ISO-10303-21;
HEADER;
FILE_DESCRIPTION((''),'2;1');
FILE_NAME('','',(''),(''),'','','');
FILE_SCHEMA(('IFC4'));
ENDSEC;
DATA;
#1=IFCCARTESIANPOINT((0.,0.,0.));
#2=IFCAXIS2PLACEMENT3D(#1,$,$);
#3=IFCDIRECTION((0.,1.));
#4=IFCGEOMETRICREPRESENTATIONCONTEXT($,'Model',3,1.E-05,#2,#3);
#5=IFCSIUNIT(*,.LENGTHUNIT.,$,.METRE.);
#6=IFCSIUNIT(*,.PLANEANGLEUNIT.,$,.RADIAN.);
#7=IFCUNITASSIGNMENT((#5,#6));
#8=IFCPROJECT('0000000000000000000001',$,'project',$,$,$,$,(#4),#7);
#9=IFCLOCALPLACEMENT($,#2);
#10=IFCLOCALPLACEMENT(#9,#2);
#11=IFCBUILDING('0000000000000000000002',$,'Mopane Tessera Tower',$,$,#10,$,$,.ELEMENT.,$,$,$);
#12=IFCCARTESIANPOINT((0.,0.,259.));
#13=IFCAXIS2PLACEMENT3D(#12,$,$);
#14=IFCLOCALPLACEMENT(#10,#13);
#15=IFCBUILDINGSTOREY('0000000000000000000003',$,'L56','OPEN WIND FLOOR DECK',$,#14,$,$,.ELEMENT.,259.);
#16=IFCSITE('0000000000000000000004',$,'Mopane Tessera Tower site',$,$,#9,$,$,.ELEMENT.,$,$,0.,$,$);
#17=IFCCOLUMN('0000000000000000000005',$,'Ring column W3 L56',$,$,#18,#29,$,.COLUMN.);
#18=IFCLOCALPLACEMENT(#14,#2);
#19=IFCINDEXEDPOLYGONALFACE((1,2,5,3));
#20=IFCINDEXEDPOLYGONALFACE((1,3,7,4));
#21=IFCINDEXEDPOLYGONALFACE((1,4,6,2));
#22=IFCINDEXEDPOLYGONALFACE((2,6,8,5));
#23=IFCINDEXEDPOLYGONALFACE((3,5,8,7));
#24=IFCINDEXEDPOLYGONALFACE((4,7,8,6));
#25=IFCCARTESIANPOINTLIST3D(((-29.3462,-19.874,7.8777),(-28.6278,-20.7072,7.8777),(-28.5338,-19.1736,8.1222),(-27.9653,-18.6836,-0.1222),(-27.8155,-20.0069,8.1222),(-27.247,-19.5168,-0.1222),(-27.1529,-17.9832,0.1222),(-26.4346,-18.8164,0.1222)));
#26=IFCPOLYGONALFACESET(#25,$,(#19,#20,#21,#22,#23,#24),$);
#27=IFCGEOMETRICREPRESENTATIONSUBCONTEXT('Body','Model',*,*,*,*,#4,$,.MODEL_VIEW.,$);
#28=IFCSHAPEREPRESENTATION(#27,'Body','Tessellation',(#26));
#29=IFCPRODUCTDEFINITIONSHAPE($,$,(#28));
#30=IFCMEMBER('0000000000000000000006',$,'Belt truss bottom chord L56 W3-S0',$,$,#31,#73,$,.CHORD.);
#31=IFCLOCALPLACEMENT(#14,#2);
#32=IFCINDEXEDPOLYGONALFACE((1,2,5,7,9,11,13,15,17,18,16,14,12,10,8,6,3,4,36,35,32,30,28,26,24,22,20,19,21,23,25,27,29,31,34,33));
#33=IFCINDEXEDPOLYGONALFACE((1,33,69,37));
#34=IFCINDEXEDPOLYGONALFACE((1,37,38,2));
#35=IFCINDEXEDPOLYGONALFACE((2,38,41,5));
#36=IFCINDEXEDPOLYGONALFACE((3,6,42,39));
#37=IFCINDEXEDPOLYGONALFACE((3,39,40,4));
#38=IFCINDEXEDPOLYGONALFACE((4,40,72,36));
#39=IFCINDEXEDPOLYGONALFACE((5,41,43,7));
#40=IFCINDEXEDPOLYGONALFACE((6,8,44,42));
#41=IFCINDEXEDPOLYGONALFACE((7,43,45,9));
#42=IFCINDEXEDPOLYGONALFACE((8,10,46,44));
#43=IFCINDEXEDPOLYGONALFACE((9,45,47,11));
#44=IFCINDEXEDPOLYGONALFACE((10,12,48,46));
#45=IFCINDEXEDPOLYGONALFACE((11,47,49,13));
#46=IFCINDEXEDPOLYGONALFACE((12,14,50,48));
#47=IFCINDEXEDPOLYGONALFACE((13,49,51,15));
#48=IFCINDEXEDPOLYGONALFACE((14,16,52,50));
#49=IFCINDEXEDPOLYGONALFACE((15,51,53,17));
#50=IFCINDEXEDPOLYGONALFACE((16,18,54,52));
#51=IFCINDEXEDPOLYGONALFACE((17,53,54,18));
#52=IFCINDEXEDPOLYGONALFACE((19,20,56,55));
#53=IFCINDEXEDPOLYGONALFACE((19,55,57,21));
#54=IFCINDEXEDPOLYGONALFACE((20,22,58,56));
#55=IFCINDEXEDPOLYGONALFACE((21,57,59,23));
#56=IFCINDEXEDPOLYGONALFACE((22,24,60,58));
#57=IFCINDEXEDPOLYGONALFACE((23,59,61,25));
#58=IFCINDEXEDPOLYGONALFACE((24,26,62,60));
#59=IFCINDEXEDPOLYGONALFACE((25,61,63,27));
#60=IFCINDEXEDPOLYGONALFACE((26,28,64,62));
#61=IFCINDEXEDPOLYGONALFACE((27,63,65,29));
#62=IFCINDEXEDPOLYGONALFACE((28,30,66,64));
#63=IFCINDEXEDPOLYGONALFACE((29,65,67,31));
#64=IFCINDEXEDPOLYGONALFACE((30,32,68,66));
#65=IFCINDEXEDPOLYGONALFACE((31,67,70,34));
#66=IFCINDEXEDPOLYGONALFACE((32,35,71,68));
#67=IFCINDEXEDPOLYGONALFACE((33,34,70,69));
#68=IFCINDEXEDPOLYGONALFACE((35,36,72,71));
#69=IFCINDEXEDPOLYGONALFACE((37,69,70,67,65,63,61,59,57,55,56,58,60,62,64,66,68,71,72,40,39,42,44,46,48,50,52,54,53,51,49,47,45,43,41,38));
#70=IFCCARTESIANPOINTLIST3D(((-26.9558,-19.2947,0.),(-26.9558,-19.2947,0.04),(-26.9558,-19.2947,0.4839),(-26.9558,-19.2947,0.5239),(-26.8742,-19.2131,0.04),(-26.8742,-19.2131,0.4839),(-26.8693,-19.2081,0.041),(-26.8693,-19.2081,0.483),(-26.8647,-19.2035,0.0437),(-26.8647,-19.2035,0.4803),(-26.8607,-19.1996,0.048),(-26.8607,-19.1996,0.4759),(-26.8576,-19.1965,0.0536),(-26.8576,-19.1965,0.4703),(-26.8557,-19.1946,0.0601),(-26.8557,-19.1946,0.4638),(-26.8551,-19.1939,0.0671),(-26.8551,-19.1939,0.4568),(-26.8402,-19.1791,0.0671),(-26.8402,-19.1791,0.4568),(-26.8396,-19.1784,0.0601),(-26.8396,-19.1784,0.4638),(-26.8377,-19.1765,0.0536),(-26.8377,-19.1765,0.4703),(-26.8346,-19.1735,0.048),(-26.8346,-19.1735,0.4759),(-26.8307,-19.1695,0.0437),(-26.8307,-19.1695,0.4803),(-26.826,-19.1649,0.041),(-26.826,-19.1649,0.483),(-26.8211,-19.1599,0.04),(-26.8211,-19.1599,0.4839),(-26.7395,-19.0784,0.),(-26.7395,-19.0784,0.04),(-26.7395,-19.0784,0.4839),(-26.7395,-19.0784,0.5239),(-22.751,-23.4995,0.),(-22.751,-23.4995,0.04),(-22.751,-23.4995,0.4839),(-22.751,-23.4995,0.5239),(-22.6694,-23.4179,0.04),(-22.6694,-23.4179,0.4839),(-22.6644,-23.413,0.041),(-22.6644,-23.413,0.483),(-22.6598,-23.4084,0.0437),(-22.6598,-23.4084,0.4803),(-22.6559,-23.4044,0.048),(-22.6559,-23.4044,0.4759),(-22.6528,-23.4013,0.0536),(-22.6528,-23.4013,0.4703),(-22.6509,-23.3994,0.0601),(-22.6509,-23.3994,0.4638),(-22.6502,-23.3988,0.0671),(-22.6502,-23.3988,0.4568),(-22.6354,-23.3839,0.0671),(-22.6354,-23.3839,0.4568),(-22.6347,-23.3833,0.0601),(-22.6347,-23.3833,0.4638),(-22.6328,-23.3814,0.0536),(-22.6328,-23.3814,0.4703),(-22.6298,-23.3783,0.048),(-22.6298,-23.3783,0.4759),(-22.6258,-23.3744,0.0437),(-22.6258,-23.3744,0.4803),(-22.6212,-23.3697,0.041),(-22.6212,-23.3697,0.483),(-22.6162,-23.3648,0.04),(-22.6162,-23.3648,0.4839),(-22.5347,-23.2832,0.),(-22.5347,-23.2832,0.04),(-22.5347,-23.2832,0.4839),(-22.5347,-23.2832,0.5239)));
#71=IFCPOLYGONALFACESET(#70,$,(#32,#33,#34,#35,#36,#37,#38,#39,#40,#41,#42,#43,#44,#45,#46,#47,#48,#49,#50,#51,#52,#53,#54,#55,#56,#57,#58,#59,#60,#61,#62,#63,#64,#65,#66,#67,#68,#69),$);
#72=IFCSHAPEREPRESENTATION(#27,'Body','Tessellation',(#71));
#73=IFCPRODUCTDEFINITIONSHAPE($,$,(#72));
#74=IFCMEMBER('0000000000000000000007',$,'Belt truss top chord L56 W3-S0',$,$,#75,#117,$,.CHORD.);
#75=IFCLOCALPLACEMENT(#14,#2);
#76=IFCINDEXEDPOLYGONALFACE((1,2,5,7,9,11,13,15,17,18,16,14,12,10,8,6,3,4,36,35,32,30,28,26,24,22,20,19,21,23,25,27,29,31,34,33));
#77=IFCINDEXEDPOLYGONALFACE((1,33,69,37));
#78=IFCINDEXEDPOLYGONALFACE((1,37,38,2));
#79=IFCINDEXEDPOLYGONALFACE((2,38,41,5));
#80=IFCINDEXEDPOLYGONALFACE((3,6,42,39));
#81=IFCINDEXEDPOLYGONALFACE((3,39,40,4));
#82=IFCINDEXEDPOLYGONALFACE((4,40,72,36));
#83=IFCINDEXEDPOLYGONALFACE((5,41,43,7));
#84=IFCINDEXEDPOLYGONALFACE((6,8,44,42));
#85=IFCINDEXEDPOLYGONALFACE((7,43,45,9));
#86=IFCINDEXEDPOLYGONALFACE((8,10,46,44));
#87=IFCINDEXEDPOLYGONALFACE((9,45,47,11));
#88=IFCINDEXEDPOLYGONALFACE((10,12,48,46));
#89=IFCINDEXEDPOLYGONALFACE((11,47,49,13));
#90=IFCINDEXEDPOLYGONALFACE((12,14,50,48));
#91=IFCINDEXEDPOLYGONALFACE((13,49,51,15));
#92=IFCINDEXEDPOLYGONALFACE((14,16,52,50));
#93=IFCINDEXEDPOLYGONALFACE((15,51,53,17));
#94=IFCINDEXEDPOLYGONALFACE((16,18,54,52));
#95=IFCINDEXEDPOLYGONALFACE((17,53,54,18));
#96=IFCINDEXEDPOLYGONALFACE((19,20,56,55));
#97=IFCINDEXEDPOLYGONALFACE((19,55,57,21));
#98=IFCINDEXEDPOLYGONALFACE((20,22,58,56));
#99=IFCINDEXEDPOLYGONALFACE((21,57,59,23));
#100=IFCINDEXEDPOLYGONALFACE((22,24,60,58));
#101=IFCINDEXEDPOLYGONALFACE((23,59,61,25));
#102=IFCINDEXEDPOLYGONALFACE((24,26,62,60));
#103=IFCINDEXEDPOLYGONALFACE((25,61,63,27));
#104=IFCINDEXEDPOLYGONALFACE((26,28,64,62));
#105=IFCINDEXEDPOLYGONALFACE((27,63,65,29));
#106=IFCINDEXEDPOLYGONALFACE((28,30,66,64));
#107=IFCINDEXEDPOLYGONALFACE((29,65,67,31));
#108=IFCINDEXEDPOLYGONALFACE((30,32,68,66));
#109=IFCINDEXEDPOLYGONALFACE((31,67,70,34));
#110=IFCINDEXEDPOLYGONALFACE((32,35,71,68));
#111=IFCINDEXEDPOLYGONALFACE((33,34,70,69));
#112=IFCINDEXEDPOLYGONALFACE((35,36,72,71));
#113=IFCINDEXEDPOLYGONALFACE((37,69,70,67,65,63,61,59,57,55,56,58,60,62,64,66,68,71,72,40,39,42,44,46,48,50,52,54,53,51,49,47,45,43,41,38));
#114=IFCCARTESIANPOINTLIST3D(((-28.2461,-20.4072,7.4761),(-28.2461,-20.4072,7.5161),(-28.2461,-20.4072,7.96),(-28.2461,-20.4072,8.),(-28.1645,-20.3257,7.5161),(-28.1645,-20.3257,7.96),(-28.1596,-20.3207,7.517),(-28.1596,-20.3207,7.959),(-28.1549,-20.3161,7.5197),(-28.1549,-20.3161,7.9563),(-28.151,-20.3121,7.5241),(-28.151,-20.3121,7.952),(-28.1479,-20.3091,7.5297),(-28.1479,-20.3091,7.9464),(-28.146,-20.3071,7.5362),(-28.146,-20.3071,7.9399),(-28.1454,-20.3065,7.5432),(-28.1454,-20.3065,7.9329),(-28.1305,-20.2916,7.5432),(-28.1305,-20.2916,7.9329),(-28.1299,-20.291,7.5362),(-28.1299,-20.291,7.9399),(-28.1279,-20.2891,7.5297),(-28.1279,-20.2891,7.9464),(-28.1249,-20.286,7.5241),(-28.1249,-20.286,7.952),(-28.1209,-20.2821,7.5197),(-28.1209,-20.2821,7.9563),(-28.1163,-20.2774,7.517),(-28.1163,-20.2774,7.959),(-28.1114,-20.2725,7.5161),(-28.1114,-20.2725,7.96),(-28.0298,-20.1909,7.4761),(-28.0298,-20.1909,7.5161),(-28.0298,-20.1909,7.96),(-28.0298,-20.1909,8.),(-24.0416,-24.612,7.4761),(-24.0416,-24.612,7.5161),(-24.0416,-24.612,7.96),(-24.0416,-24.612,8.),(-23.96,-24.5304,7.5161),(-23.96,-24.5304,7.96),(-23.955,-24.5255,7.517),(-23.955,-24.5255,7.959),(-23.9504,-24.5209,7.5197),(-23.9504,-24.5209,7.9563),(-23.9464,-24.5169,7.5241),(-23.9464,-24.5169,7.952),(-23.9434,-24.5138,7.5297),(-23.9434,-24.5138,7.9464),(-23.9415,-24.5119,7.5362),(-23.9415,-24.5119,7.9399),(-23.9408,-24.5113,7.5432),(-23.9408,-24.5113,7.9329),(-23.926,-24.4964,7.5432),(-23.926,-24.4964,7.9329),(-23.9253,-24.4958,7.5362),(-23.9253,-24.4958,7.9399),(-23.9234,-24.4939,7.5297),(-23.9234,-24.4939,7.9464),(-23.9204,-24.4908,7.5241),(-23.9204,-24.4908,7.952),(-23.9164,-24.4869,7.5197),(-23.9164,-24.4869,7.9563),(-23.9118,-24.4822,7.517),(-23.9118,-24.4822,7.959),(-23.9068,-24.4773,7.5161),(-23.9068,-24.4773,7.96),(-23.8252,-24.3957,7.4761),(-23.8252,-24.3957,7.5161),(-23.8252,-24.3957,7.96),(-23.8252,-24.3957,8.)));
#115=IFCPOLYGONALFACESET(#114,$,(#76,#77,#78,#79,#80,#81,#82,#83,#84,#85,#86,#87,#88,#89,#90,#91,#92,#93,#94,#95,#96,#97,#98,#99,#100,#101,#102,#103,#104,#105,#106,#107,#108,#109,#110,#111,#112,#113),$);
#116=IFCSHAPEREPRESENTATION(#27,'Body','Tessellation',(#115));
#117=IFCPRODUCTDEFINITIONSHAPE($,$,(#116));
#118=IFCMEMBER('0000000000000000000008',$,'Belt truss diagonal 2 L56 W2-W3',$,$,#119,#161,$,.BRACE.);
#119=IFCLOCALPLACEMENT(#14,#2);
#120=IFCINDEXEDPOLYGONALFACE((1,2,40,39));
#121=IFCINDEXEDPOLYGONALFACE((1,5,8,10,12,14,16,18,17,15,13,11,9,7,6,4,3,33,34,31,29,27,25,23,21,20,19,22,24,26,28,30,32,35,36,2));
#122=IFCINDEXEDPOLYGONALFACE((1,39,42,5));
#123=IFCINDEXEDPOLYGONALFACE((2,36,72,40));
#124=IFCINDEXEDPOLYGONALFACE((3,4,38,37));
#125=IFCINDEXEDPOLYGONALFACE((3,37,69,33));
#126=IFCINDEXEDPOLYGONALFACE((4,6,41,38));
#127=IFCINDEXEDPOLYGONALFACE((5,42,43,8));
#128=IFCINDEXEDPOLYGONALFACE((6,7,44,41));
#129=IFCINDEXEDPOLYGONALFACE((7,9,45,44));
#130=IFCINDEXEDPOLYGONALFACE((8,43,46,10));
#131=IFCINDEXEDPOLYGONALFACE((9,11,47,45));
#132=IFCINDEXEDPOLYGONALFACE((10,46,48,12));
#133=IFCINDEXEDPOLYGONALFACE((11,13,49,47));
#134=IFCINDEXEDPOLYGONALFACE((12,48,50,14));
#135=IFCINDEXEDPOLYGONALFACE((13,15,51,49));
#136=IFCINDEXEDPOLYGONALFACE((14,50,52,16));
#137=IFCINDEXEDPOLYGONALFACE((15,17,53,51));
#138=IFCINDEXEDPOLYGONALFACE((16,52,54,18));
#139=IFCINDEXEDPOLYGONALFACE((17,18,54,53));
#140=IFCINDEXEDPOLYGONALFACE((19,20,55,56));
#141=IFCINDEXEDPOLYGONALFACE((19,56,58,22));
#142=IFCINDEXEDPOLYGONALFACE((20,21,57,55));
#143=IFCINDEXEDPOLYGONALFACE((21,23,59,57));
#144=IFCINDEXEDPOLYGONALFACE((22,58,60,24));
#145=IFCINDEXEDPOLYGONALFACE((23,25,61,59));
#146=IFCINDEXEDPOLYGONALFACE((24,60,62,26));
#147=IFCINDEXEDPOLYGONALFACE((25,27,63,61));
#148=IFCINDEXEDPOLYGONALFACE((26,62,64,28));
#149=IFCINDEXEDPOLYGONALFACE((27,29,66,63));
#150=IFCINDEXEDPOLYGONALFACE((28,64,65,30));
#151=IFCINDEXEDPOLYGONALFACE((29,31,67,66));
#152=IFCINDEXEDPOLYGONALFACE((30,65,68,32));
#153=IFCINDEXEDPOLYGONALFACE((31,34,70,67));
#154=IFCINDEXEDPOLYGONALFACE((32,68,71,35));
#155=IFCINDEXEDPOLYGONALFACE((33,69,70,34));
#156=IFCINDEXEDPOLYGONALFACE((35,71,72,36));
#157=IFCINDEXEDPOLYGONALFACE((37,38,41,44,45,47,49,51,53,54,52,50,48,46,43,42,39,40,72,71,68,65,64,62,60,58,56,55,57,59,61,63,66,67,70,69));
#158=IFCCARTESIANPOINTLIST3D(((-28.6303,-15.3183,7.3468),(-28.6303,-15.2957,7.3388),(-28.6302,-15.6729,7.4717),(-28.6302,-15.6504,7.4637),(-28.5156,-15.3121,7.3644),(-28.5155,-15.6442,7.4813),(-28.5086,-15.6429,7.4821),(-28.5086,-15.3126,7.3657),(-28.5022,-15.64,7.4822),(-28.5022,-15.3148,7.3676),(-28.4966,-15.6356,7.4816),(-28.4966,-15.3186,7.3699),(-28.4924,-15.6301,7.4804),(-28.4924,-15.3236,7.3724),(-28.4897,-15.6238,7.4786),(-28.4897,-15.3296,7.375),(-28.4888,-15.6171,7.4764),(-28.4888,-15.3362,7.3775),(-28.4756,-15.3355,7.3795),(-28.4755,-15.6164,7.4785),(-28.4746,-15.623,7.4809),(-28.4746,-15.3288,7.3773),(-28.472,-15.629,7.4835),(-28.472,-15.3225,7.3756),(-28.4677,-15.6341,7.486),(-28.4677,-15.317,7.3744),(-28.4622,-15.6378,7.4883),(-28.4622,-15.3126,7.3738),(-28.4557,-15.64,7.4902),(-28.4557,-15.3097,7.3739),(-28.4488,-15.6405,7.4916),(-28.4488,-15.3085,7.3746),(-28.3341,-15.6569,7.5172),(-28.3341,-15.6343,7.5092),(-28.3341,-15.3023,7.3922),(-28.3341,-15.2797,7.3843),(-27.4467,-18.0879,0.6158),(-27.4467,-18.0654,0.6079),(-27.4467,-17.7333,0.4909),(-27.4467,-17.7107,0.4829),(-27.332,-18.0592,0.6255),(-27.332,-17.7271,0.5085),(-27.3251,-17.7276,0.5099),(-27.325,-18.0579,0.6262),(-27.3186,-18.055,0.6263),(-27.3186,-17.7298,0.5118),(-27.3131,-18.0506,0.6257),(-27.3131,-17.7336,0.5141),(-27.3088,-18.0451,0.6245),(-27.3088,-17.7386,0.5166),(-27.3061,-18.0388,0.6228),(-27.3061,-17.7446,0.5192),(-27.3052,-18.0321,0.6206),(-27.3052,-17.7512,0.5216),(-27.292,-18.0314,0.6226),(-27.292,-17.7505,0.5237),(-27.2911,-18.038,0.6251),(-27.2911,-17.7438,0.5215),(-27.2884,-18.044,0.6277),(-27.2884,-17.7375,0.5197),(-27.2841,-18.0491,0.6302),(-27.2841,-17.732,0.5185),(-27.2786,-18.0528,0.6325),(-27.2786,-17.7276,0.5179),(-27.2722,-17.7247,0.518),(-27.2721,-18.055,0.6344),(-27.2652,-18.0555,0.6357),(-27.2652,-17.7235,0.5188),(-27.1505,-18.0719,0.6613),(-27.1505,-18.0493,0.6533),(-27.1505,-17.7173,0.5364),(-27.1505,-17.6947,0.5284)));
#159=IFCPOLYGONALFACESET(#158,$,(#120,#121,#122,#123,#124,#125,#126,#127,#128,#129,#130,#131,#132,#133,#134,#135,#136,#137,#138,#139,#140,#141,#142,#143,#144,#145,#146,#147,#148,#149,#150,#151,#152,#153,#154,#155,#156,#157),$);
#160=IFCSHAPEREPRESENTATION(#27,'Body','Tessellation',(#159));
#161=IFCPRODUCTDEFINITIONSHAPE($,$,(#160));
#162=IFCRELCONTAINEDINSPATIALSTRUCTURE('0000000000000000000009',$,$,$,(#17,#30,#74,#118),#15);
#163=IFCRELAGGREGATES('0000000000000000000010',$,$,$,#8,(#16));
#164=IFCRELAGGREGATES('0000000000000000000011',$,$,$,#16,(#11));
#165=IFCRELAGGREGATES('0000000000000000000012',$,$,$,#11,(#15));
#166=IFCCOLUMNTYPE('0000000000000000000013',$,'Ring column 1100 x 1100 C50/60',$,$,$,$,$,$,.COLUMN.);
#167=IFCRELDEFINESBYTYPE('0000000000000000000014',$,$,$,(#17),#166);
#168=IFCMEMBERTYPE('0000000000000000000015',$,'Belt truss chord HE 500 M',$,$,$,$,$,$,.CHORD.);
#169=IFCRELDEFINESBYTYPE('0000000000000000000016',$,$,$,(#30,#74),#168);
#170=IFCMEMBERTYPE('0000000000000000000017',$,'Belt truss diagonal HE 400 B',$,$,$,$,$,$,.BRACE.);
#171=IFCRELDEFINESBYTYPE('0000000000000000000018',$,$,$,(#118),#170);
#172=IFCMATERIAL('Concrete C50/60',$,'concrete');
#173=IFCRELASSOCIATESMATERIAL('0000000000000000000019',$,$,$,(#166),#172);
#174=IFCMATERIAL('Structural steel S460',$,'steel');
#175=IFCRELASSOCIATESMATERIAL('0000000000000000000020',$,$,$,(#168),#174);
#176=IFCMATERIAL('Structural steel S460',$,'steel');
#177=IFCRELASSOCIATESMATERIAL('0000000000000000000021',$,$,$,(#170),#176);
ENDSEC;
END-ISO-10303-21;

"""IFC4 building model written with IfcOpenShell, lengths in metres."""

from ifc_helpers import new_model, si_unit, direction, frame, origin, origin_2d, place, context, subcontext, project, spatial, rectangle, i_section, extrude, material, material_profile, profile_set, type_object, element, save


model = new_model("IFC4")

# Units and contexts
model_context = context("Model", 3, precision=1e-05, world=origin(), true_north=direction((0.0, 1.0)))
body_context = subcontext(model_context, "Body", "Model", "MODEL_VIEW")
ifc_project = project(units=[si_unit("LENGTHUNIT", "METRE"), si_unit("PLANEANGLEUNIT", "RADIAN")], contexts=[model_context])

# Site, building, storey
site_placement = place(None, origin())
site = spatial("IfcSite", under=ifc_project, at=site_placement, Name="Mopane Tessera Tower site", CompositionType="ELEMENT", RefElevation=0.0)
building_placement = place(site_placement, origin())
building = spatial("IfcBuilding", under=site, at=building_placement, Name="Mopane Tessera Tower", CompositionType="ELEMENT")
storey_placement = place(building_placement, frame((0.0, 0.0, 259.0)))
storey = spatial("IfcBuildingStorey", under=building, at=storey_placement, Name="L56", Description="OPEN WIND FLOOR DECK", CompositionType="ELEMENT", Elevation=259.0)

# Column
ifc_material_1 = material(Name="Concrete C50/60", Category="concrete")
ifc_material_profile_1 = material_profile(ifc_material_1, rectangle(XDim=1.1001, YDim=1.1001, at=origin_2d()))
ifc_profile_set_1 = profile_set([ifc_material_profile_1], Name="Concrete C50/60")
column_type = type_object("IfcColumnType", Name="Ring column 1100 x 1100 C50/60", PredefinedType="COLUMN", material=ifc_profile_set_1)
column_placement = place(storey_placement, frame((-27.2, -18.75, 0.0), z_axis=(-0.168293, -0.145084, 0.975002), x_axis=(0.65295, -0.757401, 0.0)))
element("IfcColumn", 1, at=column_placement, inside=storey, type_object=column_type, Name="Ring column W3 L56", PredefinedType="COLUMN", context=body_context, shape_type="SweptSolid", body=[
    extrude(rectangle(XDim=1.1001, YDim=1.1001, at=origin_2d()), origin(), (0.0, 0.0, 1.0), 8.2051),
])

# Members
ifc_material_2 = material(Name="Structural steel S460", Category="steel")
ifc_material_profile_2 = material_profile(ifc_material_2, i_section(OverallWidth=0.3059, OverallDepth=0.5239, WebThickness=0.021, FlangeThickness=0.04, FilletRadius=0.0271, at=origin_2d()))
ifc_profile_set_2 = profile_set([ifc_material_profile_2], Name="Structural steel S460")
member_type_1 = type_object("IfcMemberType", Name="Belt truss chord HE 500 M", PredefinedType="CHORD", material=ifc_profile_set_2)
member_1_placement = place(storey_placement, frame((-26.8477, -19.1865, 0.262), z_axis=(0.707107, -0.707107, 0.0), x_axis=(0.707107, 0.707107, 0.0)))
element("IfcMember", 2, at=member_1_placement, inside=storey, type_object=member_type_1, Name="Belt truss bottom chord L56 W3-S0", PredefinedType="CHORD", context=body_context, shape_type="SweptSolid", body=[
    extrude(i_section(OverallWidth=0.3059, OverallDepth=0.5239, WebThickness=0.021, FlangeThickness=0.04, FilletRadius=0.0271, at=origin_2d()), origin(), (0.0, 0.0, 1.0), 5.9465),
])
member_2_placement = place(storey_placement, frame((-28.1379, -20.2991, 7.738), z_axis=(0.707086, -0.707127, 0.0), x_axis=(0.707127, 0.707086, 0.0)))
element("IfcMember", 3, at=member_2_placement, inside=storey, type_object=member_type_1, Name="Belt truss top chord L56 W3-S0", PredefinedType="CHORD", context=body_context, shape_type="SweptSolid", body=[
    extrude(i_section(OverallWidth=0.3059, OverallDepth=0.5239, WebThickness=0.021, FlangeThickness=0.04, FilletRadius=0.0271, at=origin_2d()), origin(), (0.0, 0.0, 1.0), 5.9463),
])
ifc_material_3 = material(Name="Structural steel S460", Category="steel")
ifc_material_profile_3 = material_profile(ifc_material_3, i_section(OverallWidth=0.3, OverallDepth=0.3999, WebThickness=0.0134, FlangeThickness=0.0239, FilletRadius=0.0271, at=origin_2d()))
ifc_profile_set_3 = profile_set([ifc_material_profile_3], Name="Structural steel S460")
member_type_2 = type_object("IfcMemberType", Name="Belt truss diagonal HE 400 B", PredefinedType="BRACE", material=ifc_profile_set_3)
member_3_placement = place(storey_placement, frame((-28.4822, -15.4763, 7.428), z_axis=(0.160714, -0.327925, -0.930933), x_axis=(0.987001, 0.053441, 0.151568)))
element("IfcMember", 4, at=member_3_placement, inside=storey, type_object=member_type_2, Name="Belt truss diagonal 2 L56 W2-W3", PredefinedType="BRACE", context=body_context, shape_type="SweptSolid", body=[
    extrude(i_section(OverallWidth=0.3, OverallDepth=0.3999, WebThickness=0.0134, FlangeThickness=0.0239, FilletRadius=0.0271, at=origin_2d()), origin(), (0.0, 0.0, 1.0), 7.3645),
])

save(model, "model.ifc")
